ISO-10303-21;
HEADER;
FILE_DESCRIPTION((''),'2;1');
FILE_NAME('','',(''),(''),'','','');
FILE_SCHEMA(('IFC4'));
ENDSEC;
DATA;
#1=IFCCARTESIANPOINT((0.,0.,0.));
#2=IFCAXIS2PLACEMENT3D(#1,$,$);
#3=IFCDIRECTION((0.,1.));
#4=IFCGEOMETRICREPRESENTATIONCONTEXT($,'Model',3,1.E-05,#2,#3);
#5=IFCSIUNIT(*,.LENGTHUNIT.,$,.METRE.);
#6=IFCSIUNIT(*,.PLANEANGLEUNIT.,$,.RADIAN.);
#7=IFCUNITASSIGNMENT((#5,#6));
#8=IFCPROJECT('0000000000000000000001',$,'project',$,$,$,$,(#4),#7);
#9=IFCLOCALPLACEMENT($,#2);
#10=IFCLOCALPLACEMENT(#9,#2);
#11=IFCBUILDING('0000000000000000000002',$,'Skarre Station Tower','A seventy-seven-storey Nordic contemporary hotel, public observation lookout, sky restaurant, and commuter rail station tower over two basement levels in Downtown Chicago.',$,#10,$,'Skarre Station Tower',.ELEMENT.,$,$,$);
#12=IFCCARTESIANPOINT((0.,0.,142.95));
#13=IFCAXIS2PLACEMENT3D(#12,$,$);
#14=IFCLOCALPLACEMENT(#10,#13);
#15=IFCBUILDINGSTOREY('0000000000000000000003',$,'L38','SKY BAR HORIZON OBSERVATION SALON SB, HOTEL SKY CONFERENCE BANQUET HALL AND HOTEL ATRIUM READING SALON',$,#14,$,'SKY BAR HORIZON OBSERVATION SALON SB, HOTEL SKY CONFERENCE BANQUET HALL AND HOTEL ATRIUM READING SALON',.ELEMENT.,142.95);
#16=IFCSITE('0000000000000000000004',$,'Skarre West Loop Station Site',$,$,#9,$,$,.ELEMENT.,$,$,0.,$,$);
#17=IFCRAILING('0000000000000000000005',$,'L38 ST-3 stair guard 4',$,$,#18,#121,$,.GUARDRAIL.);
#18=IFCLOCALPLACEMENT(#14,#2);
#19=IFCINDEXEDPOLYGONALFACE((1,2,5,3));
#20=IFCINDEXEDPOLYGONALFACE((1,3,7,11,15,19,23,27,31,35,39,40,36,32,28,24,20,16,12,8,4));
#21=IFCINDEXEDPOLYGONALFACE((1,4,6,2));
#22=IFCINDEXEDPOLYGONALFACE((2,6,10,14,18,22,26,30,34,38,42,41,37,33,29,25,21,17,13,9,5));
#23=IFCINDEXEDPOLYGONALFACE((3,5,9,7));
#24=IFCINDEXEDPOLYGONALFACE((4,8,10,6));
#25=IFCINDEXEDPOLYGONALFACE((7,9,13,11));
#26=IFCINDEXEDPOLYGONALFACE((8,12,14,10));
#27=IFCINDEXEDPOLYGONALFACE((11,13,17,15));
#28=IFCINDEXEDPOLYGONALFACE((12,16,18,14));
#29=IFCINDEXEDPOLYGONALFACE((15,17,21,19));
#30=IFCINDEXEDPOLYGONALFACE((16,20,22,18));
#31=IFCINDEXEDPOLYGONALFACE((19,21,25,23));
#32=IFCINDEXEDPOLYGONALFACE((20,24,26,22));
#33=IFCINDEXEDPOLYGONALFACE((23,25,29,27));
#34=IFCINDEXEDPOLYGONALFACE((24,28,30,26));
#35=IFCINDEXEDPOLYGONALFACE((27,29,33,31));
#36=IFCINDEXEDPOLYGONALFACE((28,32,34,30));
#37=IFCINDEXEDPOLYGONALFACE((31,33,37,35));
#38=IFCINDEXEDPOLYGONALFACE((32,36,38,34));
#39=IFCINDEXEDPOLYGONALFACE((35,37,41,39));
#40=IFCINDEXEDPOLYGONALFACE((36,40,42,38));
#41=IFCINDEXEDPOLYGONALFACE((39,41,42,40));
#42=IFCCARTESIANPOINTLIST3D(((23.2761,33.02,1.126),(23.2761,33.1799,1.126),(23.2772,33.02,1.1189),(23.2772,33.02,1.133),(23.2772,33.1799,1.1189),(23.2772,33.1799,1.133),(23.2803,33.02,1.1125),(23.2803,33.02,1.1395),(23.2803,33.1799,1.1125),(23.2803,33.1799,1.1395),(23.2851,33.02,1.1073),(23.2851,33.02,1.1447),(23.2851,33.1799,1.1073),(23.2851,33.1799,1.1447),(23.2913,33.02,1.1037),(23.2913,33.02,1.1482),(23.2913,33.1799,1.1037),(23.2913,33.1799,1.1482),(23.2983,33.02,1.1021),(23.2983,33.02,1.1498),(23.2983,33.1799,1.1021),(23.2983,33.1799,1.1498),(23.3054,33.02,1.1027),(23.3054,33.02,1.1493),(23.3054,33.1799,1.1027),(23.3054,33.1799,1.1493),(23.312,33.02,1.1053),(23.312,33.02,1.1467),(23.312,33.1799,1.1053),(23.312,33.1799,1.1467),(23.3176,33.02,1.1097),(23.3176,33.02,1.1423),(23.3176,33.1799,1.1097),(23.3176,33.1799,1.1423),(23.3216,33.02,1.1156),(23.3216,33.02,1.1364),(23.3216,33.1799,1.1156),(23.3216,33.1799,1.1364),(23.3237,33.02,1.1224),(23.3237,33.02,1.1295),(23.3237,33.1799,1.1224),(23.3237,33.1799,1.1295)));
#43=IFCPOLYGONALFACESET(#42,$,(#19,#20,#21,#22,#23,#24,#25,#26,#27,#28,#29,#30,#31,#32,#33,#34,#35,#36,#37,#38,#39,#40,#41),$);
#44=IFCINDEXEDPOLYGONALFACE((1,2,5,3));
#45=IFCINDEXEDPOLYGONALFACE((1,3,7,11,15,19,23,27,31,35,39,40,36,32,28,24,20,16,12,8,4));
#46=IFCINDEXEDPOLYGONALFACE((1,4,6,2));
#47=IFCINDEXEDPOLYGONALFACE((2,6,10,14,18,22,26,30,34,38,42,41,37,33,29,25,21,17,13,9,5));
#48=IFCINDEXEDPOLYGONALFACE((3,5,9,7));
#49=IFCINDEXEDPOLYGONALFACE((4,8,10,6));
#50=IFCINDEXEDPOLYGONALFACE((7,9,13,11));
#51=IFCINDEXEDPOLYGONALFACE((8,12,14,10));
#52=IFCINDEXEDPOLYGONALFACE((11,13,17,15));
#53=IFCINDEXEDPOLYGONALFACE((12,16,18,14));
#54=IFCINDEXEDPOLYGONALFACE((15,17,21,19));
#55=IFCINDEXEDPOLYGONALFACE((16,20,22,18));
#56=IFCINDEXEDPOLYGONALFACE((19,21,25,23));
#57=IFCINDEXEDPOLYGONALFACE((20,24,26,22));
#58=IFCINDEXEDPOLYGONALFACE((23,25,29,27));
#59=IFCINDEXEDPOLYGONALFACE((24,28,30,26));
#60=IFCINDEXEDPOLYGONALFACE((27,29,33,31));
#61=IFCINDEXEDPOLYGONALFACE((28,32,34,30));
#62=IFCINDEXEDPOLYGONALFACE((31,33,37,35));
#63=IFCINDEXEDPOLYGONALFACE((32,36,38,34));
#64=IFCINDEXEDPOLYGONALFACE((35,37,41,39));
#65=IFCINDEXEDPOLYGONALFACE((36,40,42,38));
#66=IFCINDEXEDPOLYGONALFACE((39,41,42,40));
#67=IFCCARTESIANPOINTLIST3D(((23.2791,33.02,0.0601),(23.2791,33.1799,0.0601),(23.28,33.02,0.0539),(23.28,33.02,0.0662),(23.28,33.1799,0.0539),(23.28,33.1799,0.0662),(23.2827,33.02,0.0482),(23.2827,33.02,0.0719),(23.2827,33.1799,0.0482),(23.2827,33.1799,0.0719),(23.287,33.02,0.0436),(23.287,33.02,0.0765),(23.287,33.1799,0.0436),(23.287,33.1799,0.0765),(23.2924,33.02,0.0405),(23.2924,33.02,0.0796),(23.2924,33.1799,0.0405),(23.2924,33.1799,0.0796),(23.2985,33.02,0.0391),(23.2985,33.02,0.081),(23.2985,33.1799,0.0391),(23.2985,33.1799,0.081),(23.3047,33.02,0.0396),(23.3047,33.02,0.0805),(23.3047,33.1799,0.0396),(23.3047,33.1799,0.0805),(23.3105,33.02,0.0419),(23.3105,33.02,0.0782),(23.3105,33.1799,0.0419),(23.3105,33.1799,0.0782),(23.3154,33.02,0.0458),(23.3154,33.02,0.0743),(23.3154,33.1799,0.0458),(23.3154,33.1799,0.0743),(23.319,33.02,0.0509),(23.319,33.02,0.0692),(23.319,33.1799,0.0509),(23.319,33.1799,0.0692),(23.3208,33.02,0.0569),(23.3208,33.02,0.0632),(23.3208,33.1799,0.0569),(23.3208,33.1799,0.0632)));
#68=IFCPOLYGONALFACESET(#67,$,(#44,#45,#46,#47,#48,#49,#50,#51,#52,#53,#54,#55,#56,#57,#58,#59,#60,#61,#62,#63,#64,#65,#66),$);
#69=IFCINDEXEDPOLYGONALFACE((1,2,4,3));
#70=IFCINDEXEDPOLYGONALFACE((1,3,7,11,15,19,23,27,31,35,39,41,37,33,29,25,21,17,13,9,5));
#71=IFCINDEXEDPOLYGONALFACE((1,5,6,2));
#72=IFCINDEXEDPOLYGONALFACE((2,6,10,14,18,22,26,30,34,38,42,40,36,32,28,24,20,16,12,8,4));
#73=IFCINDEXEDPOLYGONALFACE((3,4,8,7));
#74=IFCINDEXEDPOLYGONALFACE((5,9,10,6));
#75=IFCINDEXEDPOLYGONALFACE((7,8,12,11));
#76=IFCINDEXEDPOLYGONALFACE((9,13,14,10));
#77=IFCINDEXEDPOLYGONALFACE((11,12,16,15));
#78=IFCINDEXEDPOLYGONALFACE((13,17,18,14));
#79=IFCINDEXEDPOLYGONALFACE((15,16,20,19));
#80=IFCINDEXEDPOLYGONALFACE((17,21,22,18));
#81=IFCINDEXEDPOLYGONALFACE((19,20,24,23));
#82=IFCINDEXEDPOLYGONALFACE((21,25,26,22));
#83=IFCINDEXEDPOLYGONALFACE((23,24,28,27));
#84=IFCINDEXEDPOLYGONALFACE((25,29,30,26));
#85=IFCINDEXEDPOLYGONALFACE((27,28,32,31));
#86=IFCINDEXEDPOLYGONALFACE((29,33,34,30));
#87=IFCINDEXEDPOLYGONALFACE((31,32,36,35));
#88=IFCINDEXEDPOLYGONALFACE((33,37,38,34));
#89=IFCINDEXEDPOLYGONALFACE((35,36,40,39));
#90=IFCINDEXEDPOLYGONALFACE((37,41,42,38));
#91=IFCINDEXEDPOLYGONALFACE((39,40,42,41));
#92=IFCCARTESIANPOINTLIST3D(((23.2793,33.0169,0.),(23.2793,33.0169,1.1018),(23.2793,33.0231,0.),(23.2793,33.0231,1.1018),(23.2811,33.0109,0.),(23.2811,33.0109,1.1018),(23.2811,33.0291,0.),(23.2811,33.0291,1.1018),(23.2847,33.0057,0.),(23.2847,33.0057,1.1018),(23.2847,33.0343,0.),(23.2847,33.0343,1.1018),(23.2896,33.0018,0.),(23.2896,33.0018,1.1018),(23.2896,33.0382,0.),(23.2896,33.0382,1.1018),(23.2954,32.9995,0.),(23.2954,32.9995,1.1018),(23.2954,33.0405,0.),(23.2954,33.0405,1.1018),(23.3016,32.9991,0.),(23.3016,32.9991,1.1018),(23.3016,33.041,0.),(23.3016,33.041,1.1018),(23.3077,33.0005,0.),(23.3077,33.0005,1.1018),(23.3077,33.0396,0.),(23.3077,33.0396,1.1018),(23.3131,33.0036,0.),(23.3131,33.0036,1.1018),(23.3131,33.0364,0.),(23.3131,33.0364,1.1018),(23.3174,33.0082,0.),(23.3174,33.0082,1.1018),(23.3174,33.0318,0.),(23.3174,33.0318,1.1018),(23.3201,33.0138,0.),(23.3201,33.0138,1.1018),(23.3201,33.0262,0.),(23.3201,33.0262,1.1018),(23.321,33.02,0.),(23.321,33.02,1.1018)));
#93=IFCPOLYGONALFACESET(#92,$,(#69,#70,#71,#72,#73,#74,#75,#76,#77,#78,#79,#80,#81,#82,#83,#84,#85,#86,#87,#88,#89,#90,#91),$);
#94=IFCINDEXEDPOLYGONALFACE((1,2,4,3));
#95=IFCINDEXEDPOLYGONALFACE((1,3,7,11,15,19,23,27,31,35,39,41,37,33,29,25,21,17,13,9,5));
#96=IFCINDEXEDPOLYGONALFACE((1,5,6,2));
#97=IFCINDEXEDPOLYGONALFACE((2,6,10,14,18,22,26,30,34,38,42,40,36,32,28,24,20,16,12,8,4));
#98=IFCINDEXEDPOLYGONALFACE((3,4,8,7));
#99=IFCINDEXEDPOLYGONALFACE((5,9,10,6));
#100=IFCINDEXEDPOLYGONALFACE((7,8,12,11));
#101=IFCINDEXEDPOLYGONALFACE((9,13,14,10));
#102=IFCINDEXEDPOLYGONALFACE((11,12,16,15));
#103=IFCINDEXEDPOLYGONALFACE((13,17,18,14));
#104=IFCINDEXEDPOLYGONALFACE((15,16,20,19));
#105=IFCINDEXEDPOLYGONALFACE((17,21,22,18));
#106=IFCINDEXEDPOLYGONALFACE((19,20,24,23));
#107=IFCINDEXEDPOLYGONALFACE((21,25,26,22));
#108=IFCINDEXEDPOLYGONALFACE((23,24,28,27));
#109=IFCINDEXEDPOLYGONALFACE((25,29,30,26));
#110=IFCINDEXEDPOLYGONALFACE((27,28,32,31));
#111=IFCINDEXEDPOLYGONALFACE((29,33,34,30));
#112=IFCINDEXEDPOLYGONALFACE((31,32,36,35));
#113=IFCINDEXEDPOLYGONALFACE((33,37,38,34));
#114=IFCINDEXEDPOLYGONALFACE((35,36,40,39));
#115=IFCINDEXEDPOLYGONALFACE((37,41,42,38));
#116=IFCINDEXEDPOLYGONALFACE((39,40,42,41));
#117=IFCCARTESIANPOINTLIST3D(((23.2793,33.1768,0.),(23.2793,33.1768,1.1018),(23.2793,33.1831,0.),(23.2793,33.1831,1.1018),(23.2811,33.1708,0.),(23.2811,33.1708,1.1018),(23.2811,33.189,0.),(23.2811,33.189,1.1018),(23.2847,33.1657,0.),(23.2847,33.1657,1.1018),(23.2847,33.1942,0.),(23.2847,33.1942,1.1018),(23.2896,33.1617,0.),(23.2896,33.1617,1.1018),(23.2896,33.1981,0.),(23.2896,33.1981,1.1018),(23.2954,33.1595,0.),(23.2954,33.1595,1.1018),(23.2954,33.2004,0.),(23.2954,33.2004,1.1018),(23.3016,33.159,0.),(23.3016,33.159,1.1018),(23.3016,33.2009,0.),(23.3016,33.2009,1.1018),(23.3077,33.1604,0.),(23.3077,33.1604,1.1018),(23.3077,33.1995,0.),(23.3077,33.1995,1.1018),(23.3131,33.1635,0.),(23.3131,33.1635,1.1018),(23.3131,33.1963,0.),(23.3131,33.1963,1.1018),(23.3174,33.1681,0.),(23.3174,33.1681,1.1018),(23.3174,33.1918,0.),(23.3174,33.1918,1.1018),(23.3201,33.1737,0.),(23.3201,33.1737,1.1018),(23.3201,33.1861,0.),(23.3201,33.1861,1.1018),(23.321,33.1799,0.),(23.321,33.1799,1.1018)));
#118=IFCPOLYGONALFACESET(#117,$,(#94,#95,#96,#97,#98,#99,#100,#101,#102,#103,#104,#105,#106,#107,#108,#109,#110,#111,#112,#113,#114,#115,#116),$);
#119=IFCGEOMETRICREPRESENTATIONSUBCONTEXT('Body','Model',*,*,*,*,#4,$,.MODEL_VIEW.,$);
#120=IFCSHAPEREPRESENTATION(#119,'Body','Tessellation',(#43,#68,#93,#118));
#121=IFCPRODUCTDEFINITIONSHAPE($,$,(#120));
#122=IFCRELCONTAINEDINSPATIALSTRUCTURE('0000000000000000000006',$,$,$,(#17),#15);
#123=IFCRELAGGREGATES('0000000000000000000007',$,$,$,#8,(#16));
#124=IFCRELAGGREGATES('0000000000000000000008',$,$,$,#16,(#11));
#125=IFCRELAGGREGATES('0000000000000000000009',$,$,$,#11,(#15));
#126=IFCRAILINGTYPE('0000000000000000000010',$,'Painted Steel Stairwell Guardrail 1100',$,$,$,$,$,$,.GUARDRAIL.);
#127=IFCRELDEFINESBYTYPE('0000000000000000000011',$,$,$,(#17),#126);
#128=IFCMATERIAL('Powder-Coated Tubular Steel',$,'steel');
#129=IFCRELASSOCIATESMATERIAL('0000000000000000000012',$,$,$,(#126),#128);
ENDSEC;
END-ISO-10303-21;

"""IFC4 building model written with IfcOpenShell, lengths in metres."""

from ifc_helpers import new_model, si_unit, direction, frame, origin, origin_2d, place, context, subcontext, project, spatial, circle, extrude, material, type_object, element, save


model = new_model("IFC4")

# Units and contexts
model_context = context("Model", 3, precision=1e-05, world=origin(), true_north=direction((0.0, 1.0)))
body_context = subcontext(model_context, "Body", "Model", "MODEL_VIEW")
ifc_project = project(units=[si_unit("LENGTHUNIT", "METRE"), si_unit("PLANEANGLEUNIT", "RADIAN")], contexts=[model_context])

# Site, building, storey
site_placement = place(None, origin())
site = spatial("IfcSite", under=ifc_project, at=site_placement, Name="Skarre West Loop Station Site", CompositionType="ELEMENT", RefElevation=0.0)
building_placement = place(site_placement, origin())
building = spatial("IfcBuilding", under=site, at=building_placement, Name="Skarre Station Tower", Description="A seventy-seven-storey Nordic contemporary hotel, public observation lookout, sky restaurant, and commuter rail station tower over two basement levels in Downtown Chicago.", LongName="Skarre Station Tower", CompositionType="ELEMENT")
storey_placement = place(building_placement, frame((0.0, 0.0, 142.95)))
storey = spatial("IfcBuildingStorey", under=building, at=storey_placement, Name="L38", Description="SKY BAR HORIZON OBSERVATION SALON SB, HOTEL SKY CONFERENCE BANQUET HALL AND HOTEL ATRIUM READING SALON", LongName="SKY BAR HORIZON OBSERVATION SALON SB, HOTEL SKY CONFERENCE BANQUET HALL AND HOTEL ATRIUM READING SALON", CompositionType="ELEMENT", Elevation=142.95)

# Railing
ifc_material_1 = material(Name="Powder-Coated Tubular Steel", Category="steel")
railing_type_1 = type_object("IfcRailingType", Name="Painted Steel Stairwell Guardrail 1100", PredefinedType="GUARDRAIL", material=ifc_material_1)
railing_1_placement = place(storey_placement, frame((23.3, 33.02, 0.0)))
element("IfcRailing", 1, at=railing_1_placement, inside=storey, type_object=railing_type_1, Name="L38 ST-3 stair guard 4", PredefinedType="GUARDRAIL", context=body_context, shape_type="SweptSolid", body=[
    extrude(circle(Radius=0.0239, at=origin_2d()), frame((0.0, 0.0, 1.126), z_axis=(0.0, 1.0, 0.0), x_axis=(-1.0, 0.0, 0.0)), (0.0, 0.0, 1.0), 0.1599),
    extrude(circle(Radius=0.021, at=origin_2d()), frame((0.0, 0.0, 0.0601), z_axis=(0.0, 1.0, 0.0), x_axis=(-1.0, 0.0, 0.0)), (0.0, 0.0, 1.0), 0.1599),
    extrude(circle(Radius=0.021, at=origin_2d()), origin(), (0.0, 0.0, 1.0), 1.1018),
    extrude(circle(Radius=0.021, at=origin_2d()), frame((0.0, 0.1599, 0.0)), (0.0, 0.0, 1.0), 1.1018),
])

save(model, "model.ifc")
